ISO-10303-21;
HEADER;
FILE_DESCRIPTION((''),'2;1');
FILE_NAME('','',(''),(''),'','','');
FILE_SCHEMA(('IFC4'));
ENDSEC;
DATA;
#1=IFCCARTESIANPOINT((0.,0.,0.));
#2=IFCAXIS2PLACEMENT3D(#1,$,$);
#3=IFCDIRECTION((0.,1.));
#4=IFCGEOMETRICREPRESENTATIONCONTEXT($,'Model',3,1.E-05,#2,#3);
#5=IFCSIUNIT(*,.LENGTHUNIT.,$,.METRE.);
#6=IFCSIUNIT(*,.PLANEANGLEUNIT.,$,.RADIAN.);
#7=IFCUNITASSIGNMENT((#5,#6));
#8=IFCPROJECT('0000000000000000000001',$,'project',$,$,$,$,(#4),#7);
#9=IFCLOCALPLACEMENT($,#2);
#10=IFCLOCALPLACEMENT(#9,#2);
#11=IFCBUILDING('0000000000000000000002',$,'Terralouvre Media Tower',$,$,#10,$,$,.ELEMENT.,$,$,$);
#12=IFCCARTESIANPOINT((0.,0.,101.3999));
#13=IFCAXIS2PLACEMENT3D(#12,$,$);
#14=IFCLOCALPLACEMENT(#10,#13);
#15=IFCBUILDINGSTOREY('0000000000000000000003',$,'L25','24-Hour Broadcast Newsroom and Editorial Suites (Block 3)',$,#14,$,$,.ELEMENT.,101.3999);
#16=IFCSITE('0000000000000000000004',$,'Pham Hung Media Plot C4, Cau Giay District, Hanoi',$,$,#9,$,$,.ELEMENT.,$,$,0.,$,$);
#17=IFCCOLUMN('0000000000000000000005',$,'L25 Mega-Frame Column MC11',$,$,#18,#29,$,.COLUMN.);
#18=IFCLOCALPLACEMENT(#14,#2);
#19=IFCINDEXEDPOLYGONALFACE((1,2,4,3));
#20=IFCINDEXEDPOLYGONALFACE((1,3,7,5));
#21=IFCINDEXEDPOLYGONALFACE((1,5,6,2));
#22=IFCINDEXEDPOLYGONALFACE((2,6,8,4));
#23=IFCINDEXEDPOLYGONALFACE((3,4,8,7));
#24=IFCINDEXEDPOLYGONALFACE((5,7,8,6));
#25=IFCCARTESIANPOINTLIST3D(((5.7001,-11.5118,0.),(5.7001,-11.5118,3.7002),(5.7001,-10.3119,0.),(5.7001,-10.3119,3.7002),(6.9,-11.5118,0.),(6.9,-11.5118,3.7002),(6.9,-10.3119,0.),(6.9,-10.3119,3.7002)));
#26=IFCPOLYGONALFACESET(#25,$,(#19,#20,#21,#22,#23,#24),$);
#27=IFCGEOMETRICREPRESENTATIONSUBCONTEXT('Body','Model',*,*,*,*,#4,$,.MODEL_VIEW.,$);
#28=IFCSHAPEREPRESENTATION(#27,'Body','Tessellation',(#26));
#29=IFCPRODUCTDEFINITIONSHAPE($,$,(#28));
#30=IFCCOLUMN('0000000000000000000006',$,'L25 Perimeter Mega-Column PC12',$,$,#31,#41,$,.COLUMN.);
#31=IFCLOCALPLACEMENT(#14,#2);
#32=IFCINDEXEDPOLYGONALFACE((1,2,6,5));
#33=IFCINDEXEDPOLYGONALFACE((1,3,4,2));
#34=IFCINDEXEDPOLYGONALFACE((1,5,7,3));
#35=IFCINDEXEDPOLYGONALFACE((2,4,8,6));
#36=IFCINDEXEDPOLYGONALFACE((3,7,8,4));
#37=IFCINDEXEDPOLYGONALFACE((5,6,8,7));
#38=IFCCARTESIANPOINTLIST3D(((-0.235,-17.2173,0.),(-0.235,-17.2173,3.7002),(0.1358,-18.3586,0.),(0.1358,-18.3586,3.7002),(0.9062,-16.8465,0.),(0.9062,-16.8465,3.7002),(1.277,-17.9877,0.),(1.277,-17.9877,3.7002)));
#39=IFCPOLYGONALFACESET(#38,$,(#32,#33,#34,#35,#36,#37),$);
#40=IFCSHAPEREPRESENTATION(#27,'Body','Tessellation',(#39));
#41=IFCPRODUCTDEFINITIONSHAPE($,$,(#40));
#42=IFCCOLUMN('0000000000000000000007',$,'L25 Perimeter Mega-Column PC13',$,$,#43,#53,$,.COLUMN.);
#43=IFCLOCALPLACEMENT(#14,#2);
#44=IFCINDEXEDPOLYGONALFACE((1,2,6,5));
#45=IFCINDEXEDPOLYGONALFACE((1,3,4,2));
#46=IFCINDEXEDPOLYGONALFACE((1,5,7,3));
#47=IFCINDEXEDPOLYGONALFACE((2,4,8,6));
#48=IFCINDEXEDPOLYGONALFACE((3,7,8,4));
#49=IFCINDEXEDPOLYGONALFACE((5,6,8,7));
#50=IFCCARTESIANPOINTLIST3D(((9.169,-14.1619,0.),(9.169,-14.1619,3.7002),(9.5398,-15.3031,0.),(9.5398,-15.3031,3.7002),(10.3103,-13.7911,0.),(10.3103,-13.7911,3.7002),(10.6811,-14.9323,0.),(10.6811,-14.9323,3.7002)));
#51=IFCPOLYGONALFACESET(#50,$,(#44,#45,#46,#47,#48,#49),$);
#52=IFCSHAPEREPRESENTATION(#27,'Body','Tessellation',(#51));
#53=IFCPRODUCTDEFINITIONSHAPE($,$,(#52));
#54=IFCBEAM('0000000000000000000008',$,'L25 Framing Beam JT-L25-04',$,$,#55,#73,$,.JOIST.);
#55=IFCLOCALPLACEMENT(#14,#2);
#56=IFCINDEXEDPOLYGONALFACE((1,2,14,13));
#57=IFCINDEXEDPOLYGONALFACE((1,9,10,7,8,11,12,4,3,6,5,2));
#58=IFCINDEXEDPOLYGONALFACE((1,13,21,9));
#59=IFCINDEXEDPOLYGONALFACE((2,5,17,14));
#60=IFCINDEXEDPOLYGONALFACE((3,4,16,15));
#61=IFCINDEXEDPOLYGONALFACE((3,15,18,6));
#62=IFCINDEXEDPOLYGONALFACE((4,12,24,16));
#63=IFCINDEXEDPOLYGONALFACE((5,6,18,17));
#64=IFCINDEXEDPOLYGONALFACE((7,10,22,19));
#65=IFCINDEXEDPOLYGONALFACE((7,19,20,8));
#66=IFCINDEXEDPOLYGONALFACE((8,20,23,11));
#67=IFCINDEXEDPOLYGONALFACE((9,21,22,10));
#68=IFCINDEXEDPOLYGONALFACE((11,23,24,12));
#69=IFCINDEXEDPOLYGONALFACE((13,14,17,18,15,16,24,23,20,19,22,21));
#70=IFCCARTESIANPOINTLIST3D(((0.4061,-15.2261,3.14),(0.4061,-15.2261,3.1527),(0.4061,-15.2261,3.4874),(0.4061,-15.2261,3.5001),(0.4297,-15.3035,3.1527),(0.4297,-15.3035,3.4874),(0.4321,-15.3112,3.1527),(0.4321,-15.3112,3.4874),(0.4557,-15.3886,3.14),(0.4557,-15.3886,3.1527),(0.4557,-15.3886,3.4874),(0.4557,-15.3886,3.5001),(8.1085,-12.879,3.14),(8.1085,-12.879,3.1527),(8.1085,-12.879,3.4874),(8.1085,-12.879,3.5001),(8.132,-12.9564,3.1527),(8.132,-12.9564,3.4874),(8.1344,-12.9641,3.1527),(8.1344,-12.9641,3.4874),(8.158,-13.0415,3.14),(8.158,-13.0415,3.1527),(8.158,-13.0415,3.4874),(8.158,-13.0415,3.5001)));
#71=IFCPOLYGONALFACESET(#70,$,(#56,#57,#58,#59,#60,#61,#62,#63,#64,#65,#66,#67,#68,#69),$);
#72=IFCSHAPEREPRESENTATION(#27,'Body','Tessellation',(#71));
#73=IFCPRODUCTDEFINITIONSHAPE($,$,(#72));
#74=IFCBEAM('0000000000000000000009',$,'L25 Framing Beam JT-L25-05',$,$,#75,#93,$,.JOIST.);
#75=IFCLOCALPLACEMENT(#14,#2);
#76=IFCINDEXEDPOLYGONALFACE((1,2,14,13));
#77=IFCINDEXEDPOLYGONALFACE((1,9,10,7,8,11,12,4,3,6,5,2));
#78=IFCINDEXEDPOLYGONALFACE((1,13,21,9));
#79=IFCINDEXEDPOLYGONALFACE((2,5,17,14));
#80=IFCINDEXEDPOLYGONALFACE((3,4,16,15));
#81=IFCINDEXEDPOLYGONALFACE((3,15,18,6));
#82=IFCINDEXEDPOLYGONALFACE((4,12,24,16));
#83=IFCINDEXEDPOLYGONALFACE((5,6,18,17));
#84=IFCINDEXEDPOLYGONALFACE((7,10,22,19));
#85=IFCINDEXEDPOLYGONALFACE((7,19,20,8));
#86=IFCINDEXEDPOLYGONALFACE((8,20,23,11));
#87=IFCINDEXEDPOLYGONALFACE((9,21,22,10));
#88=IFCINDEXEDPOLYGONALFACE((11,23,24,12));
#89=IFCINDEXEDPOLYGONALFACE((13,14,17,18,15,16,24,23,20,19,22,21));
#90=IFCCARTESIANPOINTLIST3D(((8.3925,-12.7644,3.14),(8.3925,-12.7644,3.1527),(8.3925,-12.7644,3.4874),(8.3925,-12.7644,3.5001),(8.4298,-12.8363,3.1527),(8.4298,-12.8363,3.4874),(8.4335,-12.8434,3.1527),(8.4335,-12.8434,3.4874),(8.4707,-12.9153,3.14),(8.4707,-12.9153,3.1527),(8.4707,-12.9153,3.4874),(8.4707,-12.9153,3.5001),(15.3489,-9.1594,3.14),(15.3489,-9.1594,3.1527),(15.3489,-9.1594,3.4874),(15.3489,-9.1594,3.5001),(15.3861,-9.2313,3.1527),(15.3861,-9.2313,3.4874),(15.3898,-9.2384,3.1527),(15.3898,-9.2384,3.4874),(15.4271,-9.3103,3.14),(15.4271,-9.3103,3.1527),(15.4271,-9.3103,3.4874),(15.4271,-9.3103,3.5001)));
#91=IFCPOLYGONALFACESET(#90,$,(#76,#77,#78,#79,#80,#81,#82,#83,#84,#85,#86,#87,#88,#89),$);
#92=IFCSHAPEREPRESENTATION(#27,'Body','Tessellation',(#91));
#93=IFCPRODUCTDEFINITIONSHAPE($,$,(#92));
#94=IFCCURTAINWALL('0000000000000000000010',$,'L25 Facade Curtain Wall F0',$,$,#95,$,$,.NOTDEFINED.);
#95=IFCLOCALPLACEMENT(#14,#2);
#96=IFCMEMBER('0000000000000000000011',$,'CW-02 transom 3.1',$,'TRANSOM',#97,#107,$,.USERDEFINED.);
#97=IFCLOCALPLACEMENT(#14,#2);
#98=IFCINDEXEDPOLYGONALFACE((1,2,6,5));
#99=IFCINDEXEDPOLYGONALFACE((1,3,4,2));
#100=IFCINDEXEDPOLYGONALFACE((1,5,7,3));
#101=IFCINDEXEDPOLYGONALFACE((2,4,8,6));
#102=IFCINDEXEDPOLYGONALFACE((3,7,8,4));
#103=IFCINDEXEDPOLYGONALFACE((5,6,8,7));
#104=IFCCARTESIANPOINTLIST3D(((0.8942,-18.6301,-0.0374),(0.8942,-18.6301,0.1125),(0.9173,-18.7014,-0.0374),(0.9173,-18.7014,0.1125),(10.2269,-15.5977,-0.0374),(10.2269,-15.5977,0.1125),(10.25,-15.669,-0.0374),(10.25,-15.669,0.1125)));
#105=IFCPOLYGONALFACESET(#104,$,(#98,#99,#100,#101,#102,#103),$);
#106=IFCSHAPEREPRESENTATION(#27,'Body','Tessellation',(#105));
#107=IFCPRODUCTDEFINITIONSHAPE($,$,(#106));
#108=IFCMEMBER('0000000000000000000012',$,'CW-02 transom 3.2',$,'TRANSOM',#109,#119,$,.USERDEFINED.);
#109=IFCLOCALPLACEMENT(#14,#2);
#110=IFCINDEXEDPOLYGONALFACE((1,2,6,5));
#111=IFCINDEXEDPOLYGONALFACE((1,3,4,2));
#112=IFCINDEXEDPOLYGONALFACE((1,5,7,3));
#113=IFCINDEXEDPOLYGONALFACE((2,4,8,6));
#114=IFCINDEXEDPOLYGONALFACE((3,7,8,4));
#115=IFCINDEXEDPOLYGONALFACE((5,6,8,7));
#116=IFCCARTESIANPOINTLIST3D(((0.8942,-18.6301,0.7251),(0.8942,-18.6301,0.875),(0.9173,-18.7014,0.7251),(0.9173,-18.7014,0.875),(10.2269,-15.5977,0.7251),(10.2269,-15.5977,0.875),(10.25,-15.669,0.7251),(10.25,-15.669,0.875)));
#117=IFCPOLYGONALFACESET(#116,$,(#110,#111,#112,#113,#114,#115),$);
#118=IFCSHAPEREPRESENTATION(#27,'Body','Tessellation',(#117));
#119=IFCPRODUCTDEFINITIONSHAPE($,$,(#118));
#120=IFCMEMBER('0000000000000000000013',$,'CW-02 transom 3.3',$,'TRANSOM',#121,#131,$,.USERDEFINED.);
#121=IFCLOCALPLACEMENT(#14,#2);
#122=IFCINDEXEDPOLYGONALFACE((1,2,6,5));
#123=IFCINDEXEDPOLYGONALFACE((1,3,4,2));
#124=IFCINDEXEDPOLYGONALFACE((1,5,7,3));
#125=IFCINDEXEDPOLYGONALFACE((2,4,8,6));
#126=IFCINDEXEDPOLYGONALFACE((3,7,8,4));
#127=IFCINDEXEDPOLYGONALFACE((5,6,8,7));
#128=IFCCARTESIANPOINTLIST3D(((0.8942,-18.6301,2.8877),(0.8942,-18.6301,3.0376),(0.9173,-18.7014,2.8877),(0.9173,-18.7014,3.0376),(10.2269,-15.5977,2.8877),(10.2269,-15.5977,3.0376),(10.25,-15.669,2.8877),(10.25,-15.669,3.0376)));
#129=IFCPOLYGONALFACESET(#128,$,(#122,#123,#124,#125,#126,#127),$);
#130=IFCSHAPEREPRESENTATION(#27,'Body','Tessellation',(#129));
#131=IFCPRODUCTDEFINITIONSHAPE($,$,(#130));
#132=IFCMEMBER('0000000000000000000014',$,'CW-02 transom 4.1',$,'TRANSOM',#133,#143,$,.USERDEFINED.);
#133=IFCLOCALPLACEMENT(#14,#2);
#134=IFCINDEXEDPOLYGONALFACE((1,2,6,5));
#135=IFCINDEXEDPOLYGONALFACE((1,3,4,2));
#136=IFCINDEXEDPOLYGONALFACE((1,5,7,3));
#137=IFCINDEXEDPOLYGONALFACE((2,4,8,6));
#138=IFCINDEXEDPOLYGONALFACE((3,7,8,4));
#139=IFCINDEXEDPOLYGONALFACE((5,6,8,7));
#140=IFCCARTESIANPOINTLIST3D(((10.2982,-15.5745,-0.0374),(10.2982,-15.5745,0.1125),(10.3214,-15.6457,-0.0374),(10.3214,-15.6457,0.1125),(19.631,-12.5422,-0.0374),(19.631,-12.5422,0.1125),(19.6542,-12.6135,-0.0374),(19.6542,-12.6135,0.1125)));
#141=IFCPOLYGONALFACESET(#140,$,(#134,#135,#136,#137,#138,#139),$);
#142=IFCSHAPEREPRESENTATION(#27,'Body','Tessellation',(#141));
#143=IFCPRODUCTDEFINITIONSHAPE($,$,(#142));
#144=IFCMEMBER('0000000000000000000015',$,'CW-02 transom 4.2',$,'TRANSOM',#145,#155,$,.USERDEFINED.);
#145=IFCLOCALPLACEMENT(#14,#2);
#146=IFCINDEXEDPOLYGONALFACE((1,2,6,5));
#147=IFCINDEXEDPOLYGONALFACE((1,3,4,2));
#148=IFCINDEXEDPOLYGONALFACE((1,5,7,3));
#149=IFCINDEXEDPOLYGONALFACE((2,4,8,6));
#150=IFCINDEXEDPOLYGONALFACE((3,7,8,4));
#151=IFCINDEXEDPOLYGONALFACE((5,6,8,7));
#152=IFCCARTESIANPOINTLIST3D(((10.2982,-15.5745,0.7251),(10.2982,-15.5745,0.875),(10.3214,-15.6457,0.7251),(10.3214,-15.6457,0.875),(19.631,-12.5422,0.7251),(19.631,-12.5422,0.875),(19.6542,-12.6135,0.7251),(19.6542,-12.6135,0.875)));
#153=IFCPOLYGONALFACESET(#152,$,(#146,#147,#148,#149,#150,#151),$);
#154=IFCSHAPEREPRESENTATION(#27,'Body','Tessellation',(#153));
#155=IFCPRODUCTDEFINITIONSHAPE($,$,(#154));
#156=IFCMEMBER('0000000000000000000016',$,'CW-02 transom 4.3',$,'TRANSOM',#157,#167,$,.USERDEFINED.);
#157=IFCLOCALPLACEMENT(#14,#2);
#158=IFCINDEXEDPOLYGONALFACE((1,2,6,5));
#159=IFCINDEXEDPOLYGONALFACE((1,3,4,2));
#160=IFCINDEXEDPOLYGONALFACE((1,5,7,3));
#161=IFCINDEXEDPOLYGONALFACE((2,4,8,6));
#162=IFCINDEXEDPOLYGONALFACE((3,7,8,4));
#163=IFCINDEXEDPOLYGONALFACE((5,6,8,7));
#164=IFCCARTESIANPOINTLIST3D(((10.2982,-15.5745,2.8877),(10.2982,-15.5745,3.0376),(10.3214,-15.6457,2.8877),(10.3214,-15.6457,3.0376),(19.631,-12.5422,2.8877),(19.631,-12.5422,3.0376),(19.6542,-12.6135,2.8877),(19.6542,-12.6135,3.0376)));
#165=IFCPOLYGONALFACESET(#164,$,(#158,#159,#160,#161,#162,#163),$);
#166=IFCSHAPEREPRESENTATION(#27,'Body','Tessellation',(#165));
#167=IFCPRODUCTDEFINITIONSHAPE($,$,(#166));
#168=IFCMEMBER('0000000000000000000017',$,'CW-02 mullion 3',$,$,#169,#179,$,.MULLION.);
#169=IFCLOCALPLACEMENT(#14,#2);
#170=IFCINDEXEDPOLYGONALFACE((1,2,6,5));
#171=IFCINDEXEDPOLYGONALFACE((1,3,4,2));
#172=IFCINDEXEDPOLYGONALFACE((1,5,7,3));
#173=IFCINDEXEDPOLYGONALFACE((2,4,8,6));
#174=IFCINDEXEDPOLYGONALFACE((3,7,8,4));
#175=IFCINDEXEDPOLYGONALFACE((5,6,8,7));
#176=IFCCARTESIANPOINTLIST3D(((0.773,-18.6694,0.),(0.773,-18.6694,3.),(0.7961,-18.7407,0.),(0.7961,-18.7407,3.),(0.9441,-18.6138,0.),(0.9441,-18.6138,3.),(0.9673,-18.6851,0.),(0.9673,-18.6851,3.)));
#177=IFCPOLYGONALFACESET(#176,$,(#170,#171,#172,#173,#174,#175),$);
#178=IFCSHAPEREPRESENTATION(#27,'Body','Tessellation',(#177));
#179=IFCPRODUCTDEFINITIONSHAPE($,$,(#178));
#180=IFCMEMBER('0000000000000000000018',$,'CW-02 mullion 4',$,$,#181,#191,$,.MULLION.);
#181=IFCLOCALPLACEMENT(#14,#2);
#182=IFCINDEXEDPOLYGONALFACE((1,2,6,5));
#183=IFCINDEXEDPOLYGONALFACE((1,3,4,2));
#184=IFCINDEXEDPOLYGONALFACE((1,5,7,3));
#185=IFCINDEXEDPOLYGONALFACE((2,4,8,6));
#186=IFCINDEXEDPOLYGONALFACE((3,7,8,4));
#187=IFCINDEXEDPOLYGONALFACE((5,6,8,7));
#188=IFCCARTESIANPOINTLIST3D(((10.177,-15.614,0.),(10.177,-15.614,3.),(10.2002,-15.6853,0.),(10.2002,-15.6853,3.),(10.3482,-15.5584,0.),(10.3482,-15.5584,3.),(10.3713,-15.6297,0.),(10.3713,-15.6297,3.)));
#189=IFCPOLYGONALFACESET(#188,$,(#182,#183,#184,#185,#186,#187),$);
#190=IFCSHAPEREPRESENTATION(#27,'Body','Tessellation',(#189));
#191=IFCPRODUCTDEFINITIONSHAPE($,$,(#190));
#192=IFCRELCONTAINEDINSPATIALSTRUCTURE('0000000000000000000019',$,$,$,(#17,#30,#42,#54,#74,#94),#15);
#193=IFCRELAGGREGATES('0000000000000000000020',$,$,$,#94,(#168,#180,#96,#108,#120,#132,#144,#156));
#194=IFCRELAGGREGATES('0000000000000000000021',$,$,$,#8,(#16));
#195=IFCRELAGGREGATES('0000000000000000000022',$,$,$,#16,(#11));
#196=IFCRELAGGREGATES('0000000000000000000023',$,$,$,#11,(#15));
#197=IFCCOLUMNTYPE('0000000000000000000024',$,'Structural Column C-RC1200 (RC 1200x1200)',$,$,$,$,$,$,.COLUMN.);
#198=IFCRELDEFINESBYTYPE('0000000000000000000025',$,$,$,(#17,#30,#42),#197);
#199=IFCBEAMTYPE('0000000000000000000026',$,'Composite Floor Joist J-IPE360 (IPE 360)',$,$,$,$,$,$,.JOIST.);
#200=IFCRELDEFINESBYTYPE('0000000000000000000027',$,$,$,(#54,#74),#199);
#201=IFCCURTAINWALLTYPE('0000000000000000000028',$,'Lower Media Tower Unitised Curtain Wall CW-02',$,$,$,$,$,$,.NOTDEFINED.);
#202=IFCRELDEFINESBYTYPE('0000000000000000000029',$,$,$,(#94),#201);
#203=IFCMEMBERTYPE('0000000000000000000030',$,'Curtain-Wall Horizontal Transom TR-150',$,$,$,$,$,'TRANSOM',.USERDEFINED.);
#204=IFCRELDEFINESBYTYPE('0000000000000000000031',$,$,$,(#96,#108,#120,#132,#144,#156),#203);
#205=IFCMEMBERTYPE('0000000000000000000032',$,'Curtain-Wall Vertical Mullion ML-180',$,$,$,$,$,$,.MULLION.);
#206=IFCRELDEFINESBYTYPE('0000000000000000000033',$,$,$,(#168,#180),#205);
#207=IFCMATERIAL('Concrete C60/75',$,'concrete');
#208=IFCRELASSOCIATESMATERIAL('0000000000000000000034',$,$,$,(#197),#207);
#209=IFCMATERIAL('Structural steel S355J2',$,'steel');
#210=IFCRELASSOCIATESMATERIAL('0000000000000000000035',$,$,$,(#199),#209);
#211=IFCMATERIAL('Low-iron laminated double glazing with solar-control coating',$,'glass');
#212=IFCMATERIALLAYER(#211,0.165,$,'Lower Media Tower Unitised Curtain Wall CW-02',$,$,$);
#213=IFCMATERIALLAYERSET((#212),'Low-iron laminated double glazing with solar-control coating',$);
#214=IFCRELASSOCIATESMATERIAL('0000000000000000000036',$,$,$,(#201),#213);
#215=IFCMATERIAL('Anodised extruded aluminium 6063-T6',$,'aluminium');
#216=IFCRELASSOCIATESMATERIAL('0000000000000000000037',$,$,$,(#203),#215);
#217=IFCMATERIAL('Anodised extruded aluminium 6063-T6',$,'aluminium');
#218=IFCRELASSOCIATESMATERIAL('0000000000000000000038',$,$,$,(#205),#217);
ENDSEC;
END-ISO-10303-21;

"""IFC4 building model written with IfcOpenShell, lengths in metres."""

from ifc_helpers import new_model, si_unit, direction, frame, origin, origin_2d, place, context, subcontext, project, spatial, rectangle, i_section, extrude, material, layer, layer_set, material_profile, profile_set, type_object, element, aggregate, save


model = new_model("IFC4")

# Units and contexts
model_context = context("Model", 3, precision=1e-05, world=origin(), true_north=direction((0.0, 1.0)))
body_context = subcontext(model_context, "Body", "Model", "MODEL_VIEW")
ifc_project = project(units=[si_unit("LENGTHUNIT", "METRE"), si_unit("PLANEANGLEUNIT", "RADIAN")], contexts=[model_context])

# Site, building, storey
site_placement = place(None, origin())
site = spatial("IfcSite", under=ifc_project, at=site_placement, Name="Pham Hung Media Plot C4, Cau Giay District, Hanoi", CompositionType="ELEMENT", RefElevation=0.0)
building_placement = place(site_placement, origin())
building = spatial("IfcBuilding", under=site, at=building_placement, Name="Terralouvre Media Tower", CompositionType="ELEMENT")
storey_placement = place(building_placement, frame((0.0, 0.0, 101.3999)))
storey = spatial("IfcBuildingStorey", under=building, at=storey_placement, Name="L25", Description="24-Hour Broadcast Newsroom and Editorial Suites (Block 3)", CompositionType="ELEMENT", Elevation=101.3999)

# Columns
ifc_material_1 = material(Name="Concrete C60/75", Category="concrete")
ifc_material_profile_1 = material_profile(ifc_material_1, rectangle(XDim=1.2, YDim=1.2, at=origin_2d()), Name="RC 1200x1200")
ifc_profile_set_1 = profile_set([ifc_material_profile_1], Name="Concrete C60/75")
column_type = type_object("IfcColumnType", Name="Structural Column C-RC1200 (RC 1200x1200)", PredefinedType="COLUMN", material=ifc_profile_set_1)
for number, where, z_axis, x_axis, name in (
    (1, (6.3, -10.9119, 0.0), (0.0, 0.0, 1.0), (1.0, 0.0, 0.0), "L25 Mega-Frame Column MC11"),
    (2, (0.521, -17.6025, 0.0), (0.0, 0.0, 1.0), (0.951057, 0.309017, 0.0), "L25 Perimeter Mega-Column PC12"),
    (3, (9.925, -14.5471, 0.0), (0.0, 0.0, 1.0), (0.951057, 0.309017, 0.0), "L25 Perimeter Mega-Column PC13"),
):
    element("IfcColumn", number, at=place(storey_placement, frame(where, z_axis=z_axis, x_axis=x_axis)), inside=storey, type_object=column_type, Name=name, PredefinedType="COLUMN", context=body_context, shape_type="SweptSolid", body=[
        extrude(rectangle(XDim=1.2, YDim=1.2, at=origin_2d()), origin(), (0.0, 0.0, 1.0), 3.7002),
    ])

# Beams
ifc_material_2 = material(Name="Structural steel S355J2", Category="steel")
ifc_material_profile_2 = material_profile(ifc_material_2, i_section(OverallWidth=0.1699, OverallDepth=0.3601, WebThickness=0.0081, FlangeThickness=0.0127, at=origin_2d()), Name="IPE 360")
ifc_profile_set_2 = profile_set([ifc_material_profile_2], Name="Structural steel S355J2")
beam_type_1 = type_object("IfcBeamType", Name="Composite Floor Joist J-IPE360 (IPE 360)", PredefinedType="JOIST", material=ifc_profile_set_2)
beam_1_placement = place(storey_placement, frame((0.4309, -15.3074, 3.3201), z_axis=(0.956571, 0.291498, 0.0), x_axis=(-0.291498, 0.956571, 0.0)))
element("IfcBeam", 4, at=beam_1_placement, inside=storey, type_object=beam_type_1, Name="L25 Framing Beam JT-L25-04", PredefinedType="JOIST", context=body_context, shape_type="SweptSolid", body=[
    extrude(i_section(OverallWidth=0.1699, OverallDepth=0.3601, WebThickness=0.0081, FlangeThickness=0.0127, at=origin_2d()), origin(), (0.0, 0.0, 1.0), 8.052),
])
beam_2_placement = place(storey_placement, frame((8.4316, -12.8398, 3.3201), z_axis=(0.887858, 0.460117, 0.0), x_axis=(-0.460117, 0.887858, 0.0)))
element("IfcBeam", 5, at=beam_2_placement, inside=storey, type_object=beam_type_1, Name="L25 Framing Beam JT-L25-05", PredefinedType="JOIST", context=body_context, shape_type="SweptSolid", body=[
    extrude(i_section(OverallWidth=0.1699, OverallDepth=0.3601, WebThickness=0.0081, FlangeThickness=0.0127, at=origin_2d()), origin(), (0.0, 0.0, 1.0), 7.835),
])

# Curtain wall, members
ifc_material_3 = material(Name="Low-iron laminated double glazing with solar-control coating", Category="glass")
ifc_layer_1 = layer(ifc_material_3, 0.165, Name="Lower Media Tower Unitised Curtain Wall CW-02")
ifc_layer_set_1 = layer_set([ifc_layer_1], Name="Low-iron laminated double glazing with solar-control coating")
curtain_wall_type = type_object("IfcCurtainWallType", Name="Lower Media Tower Unitised Curtain Wall CW-02", PredefinedType="NOTDEFINED", material=ifc_layer_set_1)
curtain_wall_placement = place(storey_placement, origin())
curtain_wall = element("IfcCurtainWall", 6, at=curtain_wall_placement, inside=storey, type_object=curtain_wall_type, Name="L25 Facade Curtain Wall F0", PredefinedType="NOTDEFINED")
ifc_material_4 = material(Name="Anodised extruded aluminium 6063-T6", Category="aluminium")
ifc_material_profile_3 = material_profile(ifc_material_4, rectangle(XDim=0.075, YDim=0.1499, at=origin_2d()), Name="ALU 75x150")
ifc_profile_set_3 = profile_set([ifc_material_profile_3], Name="Anodised extruded aluminium 6063-T6")
member_type_1 = type_object("IfcMemberType", Name="Curtain-Wall Horizontal Transom TR-150", ElementType="TRANSOM", PredefinedType="USERDEFINED", material=ifc_profile_set_3)
member_1_placement = place(storey_placement, frame((0.9058, -18.6658, 0.0376), z_axis=(0.951054, 0.309024, 0.0), x_axis=(-0.309024, 0.951054, 0.0)))
member_1 = element("IfcMember", 7, at=member_1_placement, type_object=member_type_1, Name="CW-02 transom 3.1", ObjectType="TRANSOM", PredefinedType="USERDEFINED", context=body_context, shape_type="SweptSolid", body=[
    extrude(rectangle(XDim=0.075, YDim=0.1499, at=origin_2d()), origin(), (0.0, 0.0, 1.0), 9.813),
])
member_2_placement = place(storey_placement, frame((0.9058, -18.6658, 0.8), z_axis=(0.951054, 0.309024, 0.0), x_axis=(-0.309024, 0.951054, 0.0)))
member_2 = element("IfcMember", 8, at=member_2_placement, type_object=member_type_1, Name="CW-02 transom 3.2", ObjectType="TRANSOM", PredefinedType="USERDEFINED", context=body_context, shape_type="SweptSolid", body=[
    extrude(rectangle(XDim=0.075, YDim=0.1499, at=origin_2d()), origin(), (0.0, 0.0, 1.0), 9.813),
])
member_3_placement = place(storey_placement, frame((0.9058, -18.6658, 2.9626), z_axis=(0.951054, 0.309024, 0.0), x_axis=(-0.309024, 0.951054, 0.0)))
member_3 = element("IfcMember", 9, at=member_3_placement, type_object=member_type_1, Name="CW-02 transom 3.3", ObjectType="TRANSOM", PredefinedType="USERDEFINED", context=body_context, shape_type="SweptSolid", body=[
    extrude(rectangle(XDim=0.075, YDim=0.1499, at=origin_2d()), origin(), (0.0, 0.0, 1.0), 9.813),
])
member_4_placement = place(storey_placement, frame((10.3098, -15.6101, 0.0376), z_axis=(0.951062, 0.309001, 0.0), x_axis=(-0.309001, 0.951062, 0.0)))
member_4 = element("IfcMember", 10, at=member_4_placement, type_object=member_type_1, Name="CW-02 transom 4.1", ObjectType="TRANSOM", PredefinedType="USERDEFINED", context=body_context, shape_type="SweptSolid", body=[
    extrude(rectangle(XDim=0.075, YDim=0.1499, at=origin_2d()), origin(), (0.0, 0.0, 1.0), 9.813),
])
member_5_placement = place(storey_placement, frame((10.3098, -15.6101, 0.8), z_axis=(0.951062, 0.309001, 0.0), x_axis=(-0.309001, 0.951062, 0.0)))
member_5 = element("IfcMember", 11, at=member_5_placement, type_object=member_type_1, Name="CW-02 transom 4.2", ObjectType="TRANSOM", PredefinedType="USERDEFINED", context=body_context, shape_type="SweptSolid", body=[
    extrude(rectangle(XDim=0.075, YDim=0.1499, at=origin_2d()), origin(), (0.0, 0.0, 1.0), 9.813),
])
member_6_placement = place(storey_placement, frame((10.3098, -15.6101, 2.9626), z_axis=(0.951062, 0.309001, 0.0), x_axis=(-0.309001, 0.951062, 0.0)))
member_6 = element("IfcMember", 12, at=member_6_placement, type_object=member_type_1, Name="CW-02 transom 4.3", ObjectType="TRANSOM", PredefinedType="USERDEFINED", context=body_context, shape_type="SweptSolid", body=[
    extrude(rectangle(XDim=0.075, YDim=0.1499, at=origin_2d()), origin(), (0.0, 0.0, 1.0), 9.813),
])
ifc_material_5 = material(Name="Anodised extruded aluminium 6063-T6", Category="aluminium")
ifc_material_profile_4 = material_profile(ifc_material_5, rectangle(XDim=0.075, YDim=0.1799, at=origin_2d()), Name="ALU 75x180")
ifc_profile_set_4 = profile_set([ifc_material_profile_4], Name="Anodised extruded aluminium 6063-T6")
member_type_2 = type_object("IfcMemberType", Name="Curtain-Wall Vertical Mullion ML-180", PredefinedType="MULLION", material=ifc_profile_set_4)
member_7_placement = place(storey_placement, frame((0.8701, -18.6772, 0.0), z_axis=(0.0, 0.0, 1.0), x_axis=(-0.309017, 0.951057, 0.0)))
member_7 = element("IfcMember", 13, at=member_7_placement, type_object=member_type_2, Name="CW-02 mullion 3", PredefinedType="MULLION", context=body_context, shape_type="SweptSolid", body=[
    extrude(rectangle(XDim=0.075, YDim=0.1799, at=origin_2d()), origin(), (0.0, 0.0, 1.0), 3.0),
])
member_8_placement = place(storey_placement, frame((10.2742, -15.6218, 0.0), z_axis=(0.0, 0.0, 1.0), x_axis=(-0.309017, 0.951057, 0.0)))
member_8 = element("IfcMember", 14, at=member_8_placement, type_object=member_type_2, Name="CW-02 mullion 4", PredefinedType="MULLION", context=body_context, shape_type="SweptSolid", body=[
    extrude(rectangle(XDim=0.075, YDim=0.1799, at=origin_2d()), origin(), (0.0, 0.0, 1.0), 3.0),
])

aggregate(curtain_wall, [member_7, member_8, member_1, member_2, member_3, member_4, member_5, member_6])

save(model, "model.ifc")
